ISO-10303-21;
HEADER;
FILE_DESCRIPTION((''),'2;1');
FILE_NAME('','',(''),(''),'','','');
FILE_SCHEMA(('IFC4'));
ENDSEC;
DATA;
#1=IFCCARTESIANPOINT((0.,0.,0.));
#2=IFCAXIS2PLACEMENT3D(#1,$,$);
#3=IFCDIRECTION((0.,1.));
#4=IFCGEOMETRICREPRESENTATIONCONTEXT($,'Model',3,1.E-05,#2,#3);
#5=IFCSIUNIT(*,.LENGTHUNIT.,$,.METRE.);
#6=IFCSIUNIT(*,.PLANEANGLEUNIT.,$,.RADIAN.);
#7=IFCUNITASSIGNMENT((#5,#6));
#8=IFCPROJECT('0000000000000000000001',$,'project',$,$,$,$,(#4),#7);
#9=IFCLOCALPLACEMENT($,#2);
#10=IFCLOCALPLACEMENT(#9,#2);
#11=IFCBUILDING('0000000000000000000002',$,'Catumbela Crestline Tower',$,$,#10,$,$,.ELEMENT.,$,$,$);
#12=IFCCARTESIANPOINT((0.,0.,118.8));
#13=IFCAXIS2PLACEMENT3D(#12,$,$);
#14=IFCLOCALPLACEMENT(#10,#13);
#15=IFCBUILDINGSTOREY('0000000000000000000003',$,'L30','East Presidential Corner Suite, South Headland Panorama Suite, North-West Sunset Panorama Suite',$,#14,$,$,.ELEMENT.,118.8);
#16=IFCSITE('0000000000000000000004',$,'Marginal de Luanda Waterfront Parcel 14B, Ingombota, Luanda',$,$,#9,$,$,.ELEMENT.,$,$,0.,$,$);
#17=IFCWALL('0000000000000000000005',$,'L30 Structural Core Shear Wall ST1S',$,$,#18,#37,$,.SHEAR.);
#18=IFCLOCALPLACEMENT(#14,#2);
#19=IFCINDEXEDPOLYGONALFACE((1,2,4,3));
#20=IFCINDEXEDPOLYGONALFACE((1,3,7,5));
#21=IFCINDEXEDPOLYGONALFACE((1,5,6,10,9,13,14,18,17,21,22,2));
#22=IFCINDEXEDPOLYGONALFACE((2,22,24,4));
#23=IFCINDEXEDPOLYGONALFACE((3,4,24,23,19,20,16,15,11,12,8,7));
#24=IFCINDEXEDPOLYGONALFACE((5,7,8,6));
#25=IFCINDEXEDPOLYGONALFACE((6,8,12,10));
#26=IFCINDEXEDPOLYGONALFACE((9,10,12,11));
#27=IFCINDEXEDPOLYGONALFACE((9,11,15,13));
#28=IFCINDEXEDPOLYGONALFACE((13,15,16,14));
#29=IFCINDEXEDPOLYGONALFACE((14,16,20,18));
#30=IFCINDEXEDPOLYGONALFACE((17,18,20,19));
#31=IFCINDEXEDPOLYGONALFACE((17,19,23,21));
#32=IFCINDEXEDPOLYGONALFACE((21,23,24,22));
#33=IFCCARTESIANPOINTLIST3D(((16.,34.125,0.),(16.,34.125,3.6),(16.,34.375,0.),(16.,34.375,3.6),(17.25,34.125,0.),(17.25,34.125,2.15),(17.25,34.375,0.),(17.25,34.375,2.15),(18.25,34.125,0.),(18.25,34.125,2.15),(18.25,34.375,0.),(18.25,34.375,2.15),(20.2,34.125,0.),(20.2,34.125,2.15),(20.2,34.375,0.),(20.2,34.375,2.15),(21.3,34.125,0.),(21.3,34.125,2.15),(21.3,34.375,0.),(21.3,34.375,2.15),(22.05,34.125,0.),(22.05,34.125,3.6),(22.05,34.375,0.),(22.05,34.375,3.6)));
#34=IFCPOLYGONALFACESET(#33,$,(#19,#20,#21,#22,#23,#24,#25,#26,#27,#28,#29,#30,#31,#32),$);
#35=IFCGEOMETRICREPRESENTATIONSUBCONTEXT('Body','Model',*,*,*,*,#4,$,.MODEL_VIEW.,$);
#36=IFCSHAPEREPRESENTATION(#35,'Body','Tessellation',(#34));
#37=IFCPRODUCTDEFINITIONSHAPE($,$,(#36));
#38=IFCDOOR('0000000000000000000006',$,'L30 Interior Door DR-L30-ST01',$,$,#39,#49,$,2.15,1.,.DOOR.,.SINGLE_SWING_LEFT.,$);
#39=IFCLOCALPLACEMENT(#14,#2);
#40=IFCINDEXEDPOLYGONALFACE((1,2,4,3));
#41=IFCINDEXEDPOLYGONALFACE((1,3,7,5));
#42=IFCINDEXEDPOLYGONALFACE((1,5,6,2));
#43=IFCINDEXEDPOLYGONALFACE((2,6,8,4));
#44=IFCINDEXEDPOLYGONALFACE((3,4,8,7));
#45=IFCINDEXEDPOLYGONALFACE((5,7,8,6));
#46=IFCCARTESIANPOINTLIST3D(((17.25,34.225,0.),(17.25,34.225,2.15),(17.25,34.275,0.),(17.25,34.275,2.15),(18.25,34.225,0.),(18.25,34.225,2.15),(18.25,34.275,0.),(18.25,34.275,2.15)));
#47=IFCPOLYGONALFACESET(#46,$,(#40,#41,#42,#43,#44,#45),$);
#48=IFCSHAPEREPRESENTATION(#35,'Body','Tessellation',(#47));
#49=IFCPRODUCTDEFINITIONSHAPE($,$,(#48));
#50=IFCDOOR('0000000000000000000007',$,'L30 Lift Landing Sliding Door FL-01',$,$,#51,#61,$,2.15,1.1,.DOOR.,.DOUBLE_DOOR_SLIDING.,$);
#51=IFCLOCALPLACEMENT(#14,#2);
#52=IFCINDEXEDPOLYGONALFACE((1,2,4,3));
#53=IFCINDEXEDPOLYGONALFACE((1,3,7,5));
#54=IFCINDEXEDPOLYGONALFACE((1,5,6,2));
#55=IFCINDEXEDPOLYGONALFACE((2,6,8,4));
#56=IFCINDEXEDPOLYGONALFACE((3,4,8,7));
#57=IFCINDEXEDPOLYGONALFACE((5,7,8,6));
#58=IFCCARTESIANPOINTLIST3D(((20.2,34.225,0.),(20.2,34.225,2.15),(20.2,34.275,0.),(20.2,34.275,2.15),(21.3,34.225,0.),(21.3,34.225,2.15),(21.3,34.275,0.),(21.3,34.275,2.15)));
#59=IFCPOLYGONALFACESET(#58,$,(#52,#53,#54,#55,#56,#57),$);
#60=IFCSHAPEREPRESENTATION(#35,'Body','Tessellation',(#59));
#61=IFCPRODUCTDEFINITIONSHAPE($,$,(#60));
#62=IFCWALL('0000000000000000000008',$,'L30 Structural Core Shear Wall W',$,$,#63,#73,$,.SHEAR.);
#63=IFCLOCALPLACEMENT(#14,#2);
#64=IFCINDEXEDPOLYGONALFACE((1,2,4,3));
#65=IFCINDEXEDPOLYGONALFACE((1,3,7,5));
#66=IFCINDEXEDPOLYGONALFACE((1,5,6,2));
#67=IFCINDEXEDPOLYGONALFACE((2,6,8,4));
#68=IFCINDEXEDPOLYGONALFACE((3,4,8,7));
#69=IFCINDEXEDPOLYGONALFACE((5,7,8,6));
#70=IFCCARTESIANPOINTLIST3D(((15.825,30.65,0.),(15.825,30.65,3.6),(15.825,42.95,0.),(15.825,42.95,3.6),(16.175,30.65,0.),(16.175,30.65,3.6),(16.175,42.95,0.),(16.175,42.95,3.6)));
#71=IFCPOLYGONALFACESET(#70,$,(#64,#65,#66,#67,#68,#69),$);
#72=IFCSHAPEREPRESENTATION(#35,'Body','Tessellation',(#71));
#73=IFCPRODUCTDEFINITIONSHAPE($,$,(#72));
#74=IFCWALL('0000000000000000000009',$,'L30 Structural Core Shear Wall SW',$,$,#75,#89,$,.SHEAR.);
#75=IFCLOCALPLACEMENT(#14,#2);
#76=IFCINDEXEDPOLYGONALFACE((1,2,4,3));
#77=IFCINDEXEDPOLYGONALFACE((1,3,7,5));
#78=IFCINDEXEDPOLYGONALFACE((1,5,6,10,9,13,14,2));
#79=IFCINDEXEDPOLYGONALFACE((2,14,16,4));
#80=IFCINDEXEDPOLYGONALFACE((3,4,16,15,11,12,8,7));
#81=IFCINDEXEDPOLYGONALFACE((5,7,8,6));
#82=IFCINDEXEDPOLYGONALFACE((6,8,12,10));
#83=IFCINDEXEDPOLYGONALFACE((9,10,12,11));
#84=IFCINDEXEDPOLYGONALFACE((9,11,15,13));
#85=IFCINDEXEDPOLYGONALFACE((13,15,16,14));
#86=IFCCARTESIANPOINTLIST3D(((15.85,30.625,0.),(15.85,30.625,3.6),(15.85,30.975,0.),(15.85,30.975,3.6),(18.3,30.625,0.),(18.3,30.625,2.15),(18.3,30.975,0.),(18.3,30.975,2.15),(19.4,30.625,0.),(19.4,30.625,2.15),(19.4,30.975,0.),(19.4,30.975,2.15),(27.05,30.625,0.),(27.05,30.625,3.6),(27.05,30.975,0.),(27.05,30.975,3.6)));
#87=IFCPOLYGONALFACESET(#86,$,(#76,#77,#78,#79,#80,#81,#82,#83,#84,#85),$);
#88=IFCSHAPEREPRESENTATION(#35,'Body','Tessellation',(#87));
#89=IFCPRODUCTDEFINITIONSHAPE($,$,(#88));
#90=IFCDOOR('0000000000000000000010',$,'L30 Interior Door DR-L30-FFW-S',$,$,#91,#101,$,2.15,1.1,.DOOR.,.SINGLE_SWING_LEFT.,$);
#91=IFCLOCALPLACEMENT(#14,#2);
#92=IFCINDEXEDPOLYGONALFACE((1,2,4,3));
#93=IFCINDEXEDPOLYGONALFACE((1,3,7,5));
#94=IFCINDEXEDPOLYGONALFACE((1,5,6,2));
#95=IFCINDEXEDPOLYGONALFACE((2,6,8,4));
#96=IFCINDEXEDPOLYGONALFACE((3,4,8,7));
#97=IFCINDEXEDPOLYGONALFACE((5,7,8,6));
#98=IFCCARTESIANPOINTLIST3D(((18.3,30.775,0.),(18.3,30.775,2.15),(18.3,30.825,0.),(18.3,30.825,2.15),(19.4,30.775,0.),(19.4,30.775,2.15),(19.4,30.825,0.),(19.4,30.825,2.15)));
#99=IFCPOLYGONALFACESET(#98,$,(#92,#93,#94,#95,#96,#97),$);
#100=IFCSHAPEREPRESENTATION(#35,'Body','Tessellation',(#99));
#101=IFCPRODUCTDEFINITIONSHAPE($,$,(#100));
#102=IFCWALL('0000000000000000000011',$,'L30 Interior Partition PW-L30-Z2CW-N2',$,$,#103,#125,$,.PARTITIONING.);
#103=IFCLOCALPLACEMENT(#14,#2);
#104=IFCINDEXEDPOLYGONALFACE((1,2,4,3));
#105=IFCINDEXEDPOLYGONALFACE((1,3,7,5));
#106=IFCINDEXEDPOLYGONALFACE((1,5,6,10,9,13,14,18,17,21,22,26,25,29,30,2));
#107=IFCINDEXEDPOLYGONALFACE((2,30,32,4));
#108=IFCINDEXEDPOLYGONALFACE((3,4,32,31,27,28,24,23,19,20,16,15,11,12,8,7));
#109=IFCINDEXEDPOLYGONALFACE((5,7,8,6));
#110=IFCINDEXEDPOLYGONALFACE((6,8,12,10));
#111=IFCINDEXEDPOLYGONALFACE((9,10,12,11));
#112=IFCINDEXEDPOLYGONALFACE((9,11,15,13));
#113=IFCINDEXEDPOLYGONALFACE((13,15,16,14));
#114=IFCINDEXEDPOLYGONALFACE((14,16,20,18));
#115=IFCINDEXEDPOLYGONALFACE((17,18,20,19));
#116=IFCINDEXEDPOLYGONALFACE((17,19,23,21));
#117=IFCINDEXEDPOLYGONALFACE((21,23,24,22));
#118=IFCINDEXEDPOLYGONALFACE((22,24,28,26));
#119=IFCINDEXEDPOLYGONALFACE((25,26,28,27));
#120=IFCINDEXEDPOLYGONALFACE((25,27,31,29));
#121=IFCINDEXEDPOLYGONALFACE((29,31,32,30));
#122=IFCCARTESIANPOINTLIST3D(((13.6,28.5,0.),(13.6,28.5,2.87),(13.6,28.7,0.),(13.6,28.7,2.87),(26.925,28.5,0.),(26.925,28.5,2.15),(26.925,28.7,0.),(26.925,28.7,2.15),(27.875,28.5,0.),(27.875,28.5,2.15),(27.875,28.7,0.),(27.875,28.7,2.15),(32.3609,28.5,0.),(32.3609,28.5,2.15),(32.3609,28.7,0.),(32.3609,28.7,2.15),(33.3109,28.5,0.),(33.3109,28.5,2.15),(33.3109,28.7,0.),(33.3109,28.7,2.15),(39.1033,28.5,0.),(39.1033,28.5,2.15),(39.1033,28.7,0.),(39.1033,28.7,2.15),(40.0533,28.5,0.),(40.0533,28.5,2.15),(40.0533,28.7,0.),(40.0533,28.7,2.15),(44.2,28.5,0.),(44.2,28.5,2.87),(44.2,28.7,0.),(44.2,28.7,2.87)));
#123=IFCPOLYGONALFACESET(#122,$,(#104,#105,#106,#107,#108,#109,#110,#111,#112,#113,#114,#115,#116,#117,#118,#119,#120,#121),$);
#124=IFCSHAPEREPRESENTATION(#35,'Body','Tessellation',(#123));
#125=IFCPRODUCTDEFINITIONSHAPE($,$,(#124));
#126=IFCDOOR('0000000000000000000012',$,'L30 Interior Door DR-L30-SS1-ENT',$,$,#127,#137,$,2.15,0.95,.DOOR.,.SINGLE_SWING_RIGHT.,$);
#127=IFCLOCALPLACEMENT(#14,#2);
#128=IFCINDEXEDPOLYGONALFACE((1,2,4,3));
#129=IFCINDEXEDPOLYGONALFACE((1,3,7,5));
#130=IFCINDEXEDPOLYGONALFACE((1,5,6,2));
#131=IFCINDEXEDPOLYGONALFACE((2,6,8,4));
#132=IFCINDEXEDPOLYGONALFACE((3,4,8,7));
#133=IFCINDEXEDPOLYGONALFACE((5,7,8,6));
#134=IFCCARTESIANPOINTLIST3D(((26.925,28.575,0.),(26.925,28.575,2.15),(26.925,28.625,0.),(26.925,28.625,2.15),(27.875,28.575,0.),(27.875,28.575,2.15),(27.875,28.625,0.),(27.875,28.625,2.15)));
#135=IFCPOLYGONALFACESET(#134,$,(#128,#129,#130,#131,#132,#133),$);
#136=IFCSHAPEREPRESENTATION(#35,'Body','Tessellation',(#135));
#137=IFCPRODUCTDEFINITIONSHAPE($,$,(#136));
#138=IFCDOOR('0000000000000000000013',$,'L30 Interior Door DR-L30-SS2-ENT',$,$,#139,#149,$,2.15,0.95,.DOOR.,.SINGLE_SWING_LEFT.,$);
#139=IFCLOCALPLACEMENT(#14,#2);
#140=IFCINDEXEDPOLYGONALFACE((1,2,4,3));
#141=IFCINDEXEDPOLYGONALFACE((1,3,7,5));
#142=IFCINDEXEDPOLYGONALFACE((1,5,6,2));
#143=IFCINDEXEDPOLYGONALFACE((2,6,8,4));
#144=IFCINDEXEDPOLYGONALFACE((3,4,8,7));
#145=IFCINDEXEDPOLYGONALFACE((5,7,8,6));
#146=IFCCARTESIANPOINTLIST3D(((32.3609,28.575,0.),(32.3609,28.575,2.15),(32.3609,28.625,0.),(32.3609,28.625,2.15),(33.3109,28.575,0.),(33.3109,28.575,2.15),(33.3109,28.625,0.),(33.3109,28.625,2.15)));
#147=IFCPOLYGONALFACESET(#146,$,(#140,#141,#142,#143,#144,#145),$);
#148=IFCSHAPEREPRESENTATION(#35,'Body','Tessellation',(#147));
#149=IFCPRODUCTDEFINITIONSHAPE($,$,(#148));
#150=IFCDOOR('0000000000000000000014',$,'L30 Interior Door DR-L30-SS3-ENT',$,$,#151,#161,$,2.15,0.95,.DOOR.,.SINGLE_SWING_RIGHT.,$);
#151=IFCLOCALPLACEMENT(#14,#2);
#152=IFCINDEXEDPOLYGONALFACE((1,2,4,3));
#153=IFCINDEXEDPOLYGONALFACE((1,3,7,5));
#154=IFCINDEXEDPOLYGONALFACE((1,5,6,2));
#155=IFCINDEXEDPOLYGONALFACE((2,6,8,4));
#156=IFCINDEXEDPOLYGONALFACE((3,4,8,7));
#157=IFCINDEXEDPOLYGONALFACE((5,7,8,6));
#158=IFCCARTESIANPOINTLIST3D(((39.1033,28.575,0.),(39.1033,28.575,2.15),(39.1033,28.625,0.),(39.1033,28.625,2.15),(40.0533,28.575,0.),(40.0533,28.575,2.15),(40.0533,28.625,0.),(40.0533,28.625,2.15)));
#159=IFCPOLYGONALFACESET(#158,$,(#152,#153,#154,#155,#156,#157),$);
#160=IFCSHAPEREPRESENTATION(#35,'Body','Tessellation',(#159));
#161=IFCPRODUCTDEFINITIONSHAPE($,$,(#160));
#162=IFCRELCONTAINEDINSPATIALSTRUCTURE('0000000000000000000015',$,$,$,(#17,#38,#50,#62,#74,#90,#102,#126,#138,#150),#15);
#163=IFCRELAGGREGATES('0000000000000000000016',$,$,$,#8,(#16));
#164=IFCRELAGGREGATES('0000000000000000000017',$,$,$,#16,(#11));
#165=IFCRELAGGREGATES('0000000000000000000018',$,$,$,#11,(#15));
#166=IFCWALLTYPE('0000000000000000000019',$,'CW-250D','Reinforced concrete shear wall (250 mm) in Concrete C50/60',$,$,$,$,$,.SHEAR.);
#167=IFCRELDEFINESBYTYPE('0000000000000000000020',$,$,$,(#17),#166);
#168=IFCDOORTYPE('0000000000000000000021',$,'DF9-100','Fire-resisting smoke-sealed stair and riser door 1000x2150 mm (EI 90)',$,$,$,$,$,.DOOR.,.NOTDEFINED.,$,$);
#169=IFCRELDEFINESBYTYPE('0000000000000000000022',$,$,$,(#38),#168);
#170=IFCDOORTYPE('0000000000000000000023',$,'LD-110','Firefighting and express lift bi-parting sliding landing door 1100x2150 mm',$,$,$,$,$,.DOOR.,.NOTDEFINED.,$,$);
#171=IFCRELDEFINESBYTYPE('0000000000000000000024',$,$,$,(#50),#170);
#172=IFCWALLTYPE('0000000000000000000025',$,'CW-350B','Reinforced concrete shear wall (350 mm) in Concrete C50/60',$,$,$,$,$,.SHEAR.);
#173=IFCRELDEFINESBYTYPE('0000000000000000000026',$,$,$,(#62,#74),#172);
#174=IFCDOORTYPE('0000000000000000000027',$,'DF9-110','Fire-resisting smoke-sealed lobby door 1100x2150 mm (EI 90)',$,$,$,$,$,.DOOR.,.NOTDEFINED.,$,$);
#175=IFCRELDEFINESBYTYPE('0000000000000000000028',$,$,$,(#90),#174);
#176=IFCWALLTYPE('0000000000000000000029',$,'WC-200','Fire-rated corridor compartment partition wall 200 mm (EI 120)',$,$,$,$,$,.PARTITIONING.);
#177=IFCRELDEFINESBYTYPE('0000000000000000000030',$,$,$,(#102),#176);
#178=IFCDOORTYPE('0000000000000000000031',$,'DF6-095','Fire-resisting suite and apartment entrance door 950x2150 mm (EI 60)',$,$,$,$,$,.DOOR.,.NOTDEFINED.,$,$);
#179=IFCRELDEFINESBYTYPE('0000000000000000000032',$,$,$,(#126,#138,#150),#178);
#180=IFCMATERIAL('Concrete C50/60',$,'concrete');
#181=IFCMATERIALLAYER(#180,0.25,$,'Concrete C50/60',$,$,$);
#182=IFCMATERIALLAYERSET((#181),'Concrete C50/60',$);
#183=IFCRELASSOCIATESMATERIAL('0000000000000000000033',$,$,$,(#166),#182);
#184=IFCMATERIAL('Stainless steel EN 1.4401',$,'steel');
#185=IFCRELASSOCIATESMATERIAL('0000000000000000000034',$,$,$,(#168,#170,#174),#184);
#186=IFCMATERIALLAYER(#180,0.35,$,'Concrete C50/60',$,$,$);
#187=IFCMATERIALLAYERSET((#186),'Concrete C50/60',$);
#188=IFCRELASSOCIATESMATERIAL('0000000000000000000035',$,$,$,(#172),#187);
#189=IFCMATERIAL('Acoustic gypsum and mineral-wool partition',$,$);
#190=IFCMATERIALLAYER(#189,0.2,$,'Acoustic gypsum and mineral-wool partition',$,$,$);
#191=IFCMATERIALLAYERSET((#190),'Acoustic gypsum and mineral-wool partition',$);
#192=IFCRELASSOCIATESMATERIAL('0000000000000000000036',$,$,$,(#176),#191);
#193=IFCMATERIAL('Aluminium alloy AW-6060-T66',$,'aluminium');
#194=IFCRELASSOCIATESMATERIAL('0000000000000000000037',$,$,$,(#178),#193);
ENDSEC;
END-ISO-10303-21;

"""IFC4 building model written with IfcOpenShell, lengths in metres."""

from ifc_helpers import new_model, si_unit, direction, frame, frame_2d, origin, place, context, subcontext, project, spatial, rectangle, extrude, material, layer, layer_set, type_object, element, fill, save


model = new_model("IFC4")

# Units and contexts
model_context = context("Model", 3, precision=1e-05, world=origin(), true_north=direction((0.0, 1.0)))
body_context = subcontext(model_context, "Body", "Model", "MODEL_VIEW")
ifc_project = project(units=[si_unit("LENGTHUNIT", "METRE"), si_unit("PLANEANGLEUNIT", "RADIAN")], contexts=[model_context])

# Site, building, storey
site_placement = place(None, origin())
site = spatial("IfcSite", under=ifc_project, at=site_placement, Name="Marginal de Luanda Waterfront Parcel 14B, Ingombota, Luanda", CompositionType="ELEMENT", RefElevation=0.0)
building_placement = place(site_placement, origin())
building = spatial("IfcBuilding", under=site, at=building_placement, Name="Catumbela Crestline Tower", CompositionType="ELEMENT")
storey_placement = place(building_placement, frame((0.0, 0.0, 118.8)))
storey = spatial("IfcBuildingStorey", under=building, at=storey_placement, Name="L30", Description="East Presidential Corner Suite, South Headland Panorama Suite, North-West Sunset Panorama Suite", CompositionType="ELEMENT", Elevation=118.8)

# Shared definitions
ifc_material_1 = material(Name="Concrete C50/60", Category="concrete")

# Wall, openings, doors
ifc_layer_1 = layer(ifc_material_1, 0.25, Name="Concrete C50/60")
ifc_layer_set_1 = layer_set([ifc_layer_1], Name="Concrete C50/60")
wall_type_1 = type_object("IfcWallType", Name="CW-250D", Description="Reinforced concrete shear wall (250 mm) in Concrete C50/60", PredefinedType="SHEAR", material=ifc_layer_set_1)
wall_1_placement = place(storey_placement, frame((16.0, 34.25, 0.0), z_axis=(0.0, 0.0, 1.0), x_axis=(1.0, 0.0, 0.0)))
wall_1 = element("IfcWall", 1, at=wall_1_placement, inside=storey, type_object=wall_type_1, Name="L30 Structural Core Shear Wall ST1S", PredefinedType="SHEAR", context=body_context, shape_type="SweptSolid", body=[
    extrude(rectangle(XDim=6.05, YDim=0.25, at=frame_2d((3.025, 0.0))), origin(), (0.0, 0.0, 1.0), 3.6),
])
opening_1_placement = place(wall_1_placement, frame((1.25, 0.0, 0.0)))
opening_1 = element("IfcOpeningElement", 2, at=opening_1_placement, cuts=wall_1, PredefinedType="OPENING", context=body_context, shape_type="SweptSolid", body=[
    extrude(rectangle(XDim=1.0, YDim=2.15, at=frame_2d((0.5, 1.075))), frame((0.0, 0.135, 0.0), z_axis=(0.0, -1.0, 0.0), x_axis=(1.0, 0.0, 0.0)), (0.0, 0.0, 1.0), 0.27),
])
opening_2_placement = place(wall_1_placement, frame((4.2, 0.0, 0.0)))
opening_2 = element("IfcOpeningElement", 3, at=opening_2_placement, cuts=wall_1, PredefinedType="OPENING", context=body_context, shape_type="SweptSolid", body=[
    extrude(rectangle(XDim=1.1, YDim=2.15, at=frame_2d((0.55, 1.075))), frame((0.0, 0.135, 0.0), z_axis=(0.0, -1.0, 0.0), x_axis=(1.0, 0.0, 0.0)), (0.0, 0.0, 1.0), 0.27),
])
ifc_material_2 = material(Name="Stainless steel EN 1.4401", Category="steel")
door_type_1 = type_object("IfcDoorType", Name="DF9-100", Description="Fire-resisting smoke-sealed stair and riser door 1000x2150 mm (EI 90)", OperationType="NOTDEFINED", PredefinedType="DOOR", material=ifc_material_2)
door_1_placement = place(opening_1_placement, origin())
door_1 = element("IfcDoor", 4, at=door_1_placement, inside=storey, type_object=door_type_1, Name="L30 Interior Door DR-L30-ST01", OperationType="SINGLE_SWING_LEFT", OverallHeight=2.15, OverallWidth=1.0, PredefinedType="DOOR", context=body_context, shape_type="SweptSolid", body=[
    extrude(rectangle(XDim=1.0, YDim=2.15, at=frame_2d((0.5, 1.075))), frame((0.0, 0.025, 0.0), z_axis=(0.0, -1.0, 0.0), x_axis=(1.0, 0.0, 0.0)), (0.0, 0.0, 1.0), 0.05),
])
fill(opening_1, door_1)
door_type_2 = type_object("IfcDoorType", Name="LD-110", Description="Firefighting and express lift bi-parting sliding landing door 1100x2150 mm", OperationType="NOTDEFINED", PredefinedType="DOOR", material=ifc_material_2)
door_2_placement = place(opening_2_placement, origin())
door_2 = element("IfcDoor", 5, at=door_2_placement, inside=storey, type_object=door_type_2, Name="L30 Lift Landing Sliding Door FL-01", OperationType="DOUBLE_DOOR_SLIDING", OverallHeight=2.15, OverallWidth=1.1, PredefinedType="DOOR", context=body_context, shape_type="SweptSolid", body=[
    extrude(rectangle(XDim=1.1, YDim=2.15, at=frame_2d((0.55, 1.075))), frame((0.0, 0.025, 0.0), z_axis=(0.0, -1.0, 0.0), x_axis=(1.0, 0.0, 0.0)), (0.0, 0.0, 1.0), 0.05),
])
fill(opening_2, door_2)

# Wall
ifc_layer_2 = layer(ifc_material_1, 0.35, Name="Concrete C50/60")
ifc_layer_set_2 = layer_set([ifc_layer_2], Name="Concrete C50/60")
wall_type_2 = type_object("IfcWallType", Name="CW-350B", Description="Reinforced concrete shear wall (350 mm) in Concrete C50/60", PredefinedType="SHEAR", material=ifc_layer_set_2)
wall_2_placement = place(storey_placement, frame((16.0, 30.65, 0.0), z_axis=(0.0, 0.0, 1.0), x_axis=(0.0, 1.0, 0.0)))
element("IfcWall", 6, at=wall_2_placement, inside=storey, type_object=wall_type_2, Name="L30 Structural Core Shear Wall W", PredefinedType="SHEAR", context=body_context, shape_type="SweptSolid", body=[
    extrude(rectangle(XDim=12.3, YDim=0.35, at=frame_2d((6.15, 0.0))), origin(), (0.0, 0.0, 1.0), 3.6),
])

# Wall, opening, door
wall_3_placement = place(storey_placement, frame((15.85, 30.8, 0.0), z_axis=(0.0, 0.0, 1.0), x_axis=(1.0, 0.0, 0.0)))
wall_3 = element("IfcWall", 7, at=wall_3_placement, inside=storey, type_object=wall_type_2, Name="L30 Structural Core Shear Wall SW", PredefinedType="SHEAR", context=body_context, shape_type="SweptSolid", body=[
    extrude(rectangle(XDim=11.2, YDim=0.35, at=frame_2d((5.6, 0.0))), origin(), (0.0, 0.0, 1.0), 3.6),
])
opening_3_placement = place(wall_3_placement, frame((2.45, 0.0, 0.0)))
opening_3 = element("IfcOpeningElement", 8, at=opening_3_placement, cuts=wall_3, PredefinedType="OPENING", context=body_context, shape_type="SweptSolid", body=[
    extrude(rectangle(XDim=1.1, YDim=2.15, at=frame_2d((0.55, 1.075))), frame((0.0, 0.185, 0.0), z_axis=(0.0, -1.0, 0.0), x_axis=(1.0, 0.0, 0.0)), (0.0, 0.0, 1.0), 0.37),
])
door_type_3 = type_object("IfcDoorType", Name="DF9-110", Description="Fire-resisting smoke-sealed lobby door 1100x2150 mm (EI 90)", OperationType="NOTDEFINED", PredefinedType="DOOR", material=ifc_material_2)
door_3_placement = place(opening_3_placement, origin())
door_3 = element("IfcDoor", 9, at=door_3_placement, inside=storey, type_object=door_type_3, Name="L30 Interior Door DR-L30-FFW-S", OperationType="SINGLE_SWING_LEFT", OverallHeight=2.15, OverallWidth=1.1, PredefinedType="DOOR", context=body_context, shape_type="SweptSolid", body=[
    extrude(rectangle(XDim=1.1, YDim=2.15, at=frame_2d((0.55, 1.075))), frame((0.0, 0.025, 0.0), z_axis=(0.0, -1.0, 0.0), x_axis=(1.0, 0.0, 0.0)), (0.0, 0.0, 1.0), 0.05),
])
fill(opening_3, door_3)

# Wall, openings, doors
ifc_material_3 = material(Name="Acoustic gypsum and mineral-wool partition")
ifc_layer_3 = layer(ifc_material_3, 0.2, Name="Acoustic gypsum and mineral-wool partition")
ifc_layer_set_3 = layer_set([ifc_layer_3], Name="Acoustic gypsum and mineral-wool partition")
wall_type_3 = type_object("IfcWallType", Name="WC-200", Description="Fire-rated corridor compartment partition wall 200 mm (EI 120)", PredefinedType="PARTITIONING", material=ifc_layer_set_3)
wall_4_placement = place(storey_placement, frame((13.6, 28.6, 0.0), z_axis=(0.0, 0.0, 1.0), x_axis=(1.0, 0.0, 0.0)))
wall_4 = element("IfcWall", 10, at=wall_4_placement, inside=storey, type_object=wall_type_3, Name="L30 Interior Partition PW-L30-Z2CW-N2", PredefinedType="PARTITIONING", context=body_context, shape_type="SweptSolid", body=[
    extrude(rectangle(XDim=30.6, YDim=0.2, at=frame_2d((15.3, 0.0))), origin(), (0.0, 0.0, 1.0), 2.87),
])
opening_4_placement = place(wall_4_placement, frame((13.325, 0.0, 0.0)))
opening_4 = element("IfcOpeningElement", 11, at=opening_4_placement, cuts=wall_4, PredefinedType="OPENING", context=body_context, shape_type="SweptSolid", body=[
    extrude(rectangle(XDim=0.95, YDim=2.15, at=frame_2d((0.475, 1.075))), frame((0.0, 0.11, 0.0), z_axis=(0.0, -1.0, 0.0), x_axis=(1.0, 0.0, 0.0)), (0.0, 0.0, 1.0), 0.22),
])
opening_5_placement = place(wall_4_placement, frame((18.7609, 0.0, 0.0)))
opening_5 = element("IfcOpeningElement", 12, at=opening_5_placement, cuts=wall_4, PredefinedType="OPENING", context=body_context, shape_type="SweptSolid", body=[
    extrude(rectangle(XDim=0.95, YDim=2.15, at=frame_2d((0.475, 1.075))), frame((0.0, 0.11, 0.0), z_axis=(0.0, -1.0, 0.0), x_axis=(1.0, 0.0, 0.0)), (0.0, 0.0, 1.0), 0.22),
])
opening_6_placement = place(wall_4_placement, frame((25.5033, 0.0, 0.0)))
opening_6 = element("IfcOpeningElement", 13, at=opening_6_placement, cuts=wall_4, PredefinedType="OPENING", context=body_context, shape_type="SweptSolid", body=[
    extrude(rectangle(XDim=0.95, YDim=2.15, at=frame_2d((0.475, 1.075))), frame((0.0, 0.11, 0.0), z_axis=(0.0, -1.0, 0.0), x_axis=(1.0, 0.0, 0.0)), (0.0, 0.0, 1.0), 0.22),
])
ifc_material_4 = material(Name="Aluminium alloy AW-6060-T66", Category="aluminium")
door_type_4 = type_object("IfcDoorType", Name="DF6-095", Description="Fire-resisting suite and apartment entrance door 950x2150 mm (EI 60)", OperationType="NOTDEFINED", PredefinedType="DOOR", material=ifc_material_4)
door_4_placement = place(opening_4_placement, origin())
door_4 = element("IfcDoor", 14, at=door_4_placement, inside=storey, type_object=door_type_4, Name="L30 Interior Door DR-L30-SS1-ENT", OperationType="SINGLE_SWING_RIGHT", OverallHeight=2.15, OverallWidth=0.95, PredefinedType="DOOR", context=body_context, shape_type="SweptSolid", body=[
    extrude(rectangle(XDim=0.95, YDim=2.15, at=frame_2d((0.475, 1.075))), frame((0.0, 0.025, 0.0), z_axis=(0.0, -1.0, 0.0), x_axis=(1.0, 0.0, 0.0)), (0.0, 0.0, 1.0), 0.05),
])
fill(opening_4, door_4)
door_5_placement = place(opening_5_placement, origin())
door_5 = element("IfcDoor", 15, at=door_5_placement, inside=storey, type_object=door_type_4, Name="L30 Interior Door DR-L30-SS2-ENT", OperationType="SINGLE_SWING_LEFT", OverallHeight=2.15, OverallWidth=0.95, PredefinedType="DOOR", context=body_context, shape_type="SweptSolid", body=[
    extrude(rectangle(XDim=0.95, YDim=2.15, at=frame_2d((0.475, 1.075))), frame((0.0, 0.025, 0.0), z_axis=(0.0, -1.0, 0.0), x_axis=(1.0, 0.0, 0.0)), (0.0, 0.0, 1.0), 0.05),
])
fill(opening_5, door_5)
door_6_placement = place(opening_6_placement, origin())
door_6 = element("IfcDoor", 16, at=door_6_placement, inside=storey, type_object=door_type_4, Name="L30 Interior Door DR-L30-SS3-ENT", OperationType="SINGLE_SWING_RIGHT", OverallHeight=2.15, OverallWidth=0.95, PredefinedType="DOOR", context=body_context, shape_type="SweptSolid", body=[
    extrude(rectangle(XDim=0.95, YDim=2.15, at=frame_2d((0.475, 1.075))), frame((0.0, 0.025, 0.0), z_axis=(0.0, -1.0, 0.0), x_axis=(1.0, 0.0, 0.0)), (0.0, 0.0, 1.0), 0.05),
])
fill(opening_6, door_6)

save(model, "model.ifc")
